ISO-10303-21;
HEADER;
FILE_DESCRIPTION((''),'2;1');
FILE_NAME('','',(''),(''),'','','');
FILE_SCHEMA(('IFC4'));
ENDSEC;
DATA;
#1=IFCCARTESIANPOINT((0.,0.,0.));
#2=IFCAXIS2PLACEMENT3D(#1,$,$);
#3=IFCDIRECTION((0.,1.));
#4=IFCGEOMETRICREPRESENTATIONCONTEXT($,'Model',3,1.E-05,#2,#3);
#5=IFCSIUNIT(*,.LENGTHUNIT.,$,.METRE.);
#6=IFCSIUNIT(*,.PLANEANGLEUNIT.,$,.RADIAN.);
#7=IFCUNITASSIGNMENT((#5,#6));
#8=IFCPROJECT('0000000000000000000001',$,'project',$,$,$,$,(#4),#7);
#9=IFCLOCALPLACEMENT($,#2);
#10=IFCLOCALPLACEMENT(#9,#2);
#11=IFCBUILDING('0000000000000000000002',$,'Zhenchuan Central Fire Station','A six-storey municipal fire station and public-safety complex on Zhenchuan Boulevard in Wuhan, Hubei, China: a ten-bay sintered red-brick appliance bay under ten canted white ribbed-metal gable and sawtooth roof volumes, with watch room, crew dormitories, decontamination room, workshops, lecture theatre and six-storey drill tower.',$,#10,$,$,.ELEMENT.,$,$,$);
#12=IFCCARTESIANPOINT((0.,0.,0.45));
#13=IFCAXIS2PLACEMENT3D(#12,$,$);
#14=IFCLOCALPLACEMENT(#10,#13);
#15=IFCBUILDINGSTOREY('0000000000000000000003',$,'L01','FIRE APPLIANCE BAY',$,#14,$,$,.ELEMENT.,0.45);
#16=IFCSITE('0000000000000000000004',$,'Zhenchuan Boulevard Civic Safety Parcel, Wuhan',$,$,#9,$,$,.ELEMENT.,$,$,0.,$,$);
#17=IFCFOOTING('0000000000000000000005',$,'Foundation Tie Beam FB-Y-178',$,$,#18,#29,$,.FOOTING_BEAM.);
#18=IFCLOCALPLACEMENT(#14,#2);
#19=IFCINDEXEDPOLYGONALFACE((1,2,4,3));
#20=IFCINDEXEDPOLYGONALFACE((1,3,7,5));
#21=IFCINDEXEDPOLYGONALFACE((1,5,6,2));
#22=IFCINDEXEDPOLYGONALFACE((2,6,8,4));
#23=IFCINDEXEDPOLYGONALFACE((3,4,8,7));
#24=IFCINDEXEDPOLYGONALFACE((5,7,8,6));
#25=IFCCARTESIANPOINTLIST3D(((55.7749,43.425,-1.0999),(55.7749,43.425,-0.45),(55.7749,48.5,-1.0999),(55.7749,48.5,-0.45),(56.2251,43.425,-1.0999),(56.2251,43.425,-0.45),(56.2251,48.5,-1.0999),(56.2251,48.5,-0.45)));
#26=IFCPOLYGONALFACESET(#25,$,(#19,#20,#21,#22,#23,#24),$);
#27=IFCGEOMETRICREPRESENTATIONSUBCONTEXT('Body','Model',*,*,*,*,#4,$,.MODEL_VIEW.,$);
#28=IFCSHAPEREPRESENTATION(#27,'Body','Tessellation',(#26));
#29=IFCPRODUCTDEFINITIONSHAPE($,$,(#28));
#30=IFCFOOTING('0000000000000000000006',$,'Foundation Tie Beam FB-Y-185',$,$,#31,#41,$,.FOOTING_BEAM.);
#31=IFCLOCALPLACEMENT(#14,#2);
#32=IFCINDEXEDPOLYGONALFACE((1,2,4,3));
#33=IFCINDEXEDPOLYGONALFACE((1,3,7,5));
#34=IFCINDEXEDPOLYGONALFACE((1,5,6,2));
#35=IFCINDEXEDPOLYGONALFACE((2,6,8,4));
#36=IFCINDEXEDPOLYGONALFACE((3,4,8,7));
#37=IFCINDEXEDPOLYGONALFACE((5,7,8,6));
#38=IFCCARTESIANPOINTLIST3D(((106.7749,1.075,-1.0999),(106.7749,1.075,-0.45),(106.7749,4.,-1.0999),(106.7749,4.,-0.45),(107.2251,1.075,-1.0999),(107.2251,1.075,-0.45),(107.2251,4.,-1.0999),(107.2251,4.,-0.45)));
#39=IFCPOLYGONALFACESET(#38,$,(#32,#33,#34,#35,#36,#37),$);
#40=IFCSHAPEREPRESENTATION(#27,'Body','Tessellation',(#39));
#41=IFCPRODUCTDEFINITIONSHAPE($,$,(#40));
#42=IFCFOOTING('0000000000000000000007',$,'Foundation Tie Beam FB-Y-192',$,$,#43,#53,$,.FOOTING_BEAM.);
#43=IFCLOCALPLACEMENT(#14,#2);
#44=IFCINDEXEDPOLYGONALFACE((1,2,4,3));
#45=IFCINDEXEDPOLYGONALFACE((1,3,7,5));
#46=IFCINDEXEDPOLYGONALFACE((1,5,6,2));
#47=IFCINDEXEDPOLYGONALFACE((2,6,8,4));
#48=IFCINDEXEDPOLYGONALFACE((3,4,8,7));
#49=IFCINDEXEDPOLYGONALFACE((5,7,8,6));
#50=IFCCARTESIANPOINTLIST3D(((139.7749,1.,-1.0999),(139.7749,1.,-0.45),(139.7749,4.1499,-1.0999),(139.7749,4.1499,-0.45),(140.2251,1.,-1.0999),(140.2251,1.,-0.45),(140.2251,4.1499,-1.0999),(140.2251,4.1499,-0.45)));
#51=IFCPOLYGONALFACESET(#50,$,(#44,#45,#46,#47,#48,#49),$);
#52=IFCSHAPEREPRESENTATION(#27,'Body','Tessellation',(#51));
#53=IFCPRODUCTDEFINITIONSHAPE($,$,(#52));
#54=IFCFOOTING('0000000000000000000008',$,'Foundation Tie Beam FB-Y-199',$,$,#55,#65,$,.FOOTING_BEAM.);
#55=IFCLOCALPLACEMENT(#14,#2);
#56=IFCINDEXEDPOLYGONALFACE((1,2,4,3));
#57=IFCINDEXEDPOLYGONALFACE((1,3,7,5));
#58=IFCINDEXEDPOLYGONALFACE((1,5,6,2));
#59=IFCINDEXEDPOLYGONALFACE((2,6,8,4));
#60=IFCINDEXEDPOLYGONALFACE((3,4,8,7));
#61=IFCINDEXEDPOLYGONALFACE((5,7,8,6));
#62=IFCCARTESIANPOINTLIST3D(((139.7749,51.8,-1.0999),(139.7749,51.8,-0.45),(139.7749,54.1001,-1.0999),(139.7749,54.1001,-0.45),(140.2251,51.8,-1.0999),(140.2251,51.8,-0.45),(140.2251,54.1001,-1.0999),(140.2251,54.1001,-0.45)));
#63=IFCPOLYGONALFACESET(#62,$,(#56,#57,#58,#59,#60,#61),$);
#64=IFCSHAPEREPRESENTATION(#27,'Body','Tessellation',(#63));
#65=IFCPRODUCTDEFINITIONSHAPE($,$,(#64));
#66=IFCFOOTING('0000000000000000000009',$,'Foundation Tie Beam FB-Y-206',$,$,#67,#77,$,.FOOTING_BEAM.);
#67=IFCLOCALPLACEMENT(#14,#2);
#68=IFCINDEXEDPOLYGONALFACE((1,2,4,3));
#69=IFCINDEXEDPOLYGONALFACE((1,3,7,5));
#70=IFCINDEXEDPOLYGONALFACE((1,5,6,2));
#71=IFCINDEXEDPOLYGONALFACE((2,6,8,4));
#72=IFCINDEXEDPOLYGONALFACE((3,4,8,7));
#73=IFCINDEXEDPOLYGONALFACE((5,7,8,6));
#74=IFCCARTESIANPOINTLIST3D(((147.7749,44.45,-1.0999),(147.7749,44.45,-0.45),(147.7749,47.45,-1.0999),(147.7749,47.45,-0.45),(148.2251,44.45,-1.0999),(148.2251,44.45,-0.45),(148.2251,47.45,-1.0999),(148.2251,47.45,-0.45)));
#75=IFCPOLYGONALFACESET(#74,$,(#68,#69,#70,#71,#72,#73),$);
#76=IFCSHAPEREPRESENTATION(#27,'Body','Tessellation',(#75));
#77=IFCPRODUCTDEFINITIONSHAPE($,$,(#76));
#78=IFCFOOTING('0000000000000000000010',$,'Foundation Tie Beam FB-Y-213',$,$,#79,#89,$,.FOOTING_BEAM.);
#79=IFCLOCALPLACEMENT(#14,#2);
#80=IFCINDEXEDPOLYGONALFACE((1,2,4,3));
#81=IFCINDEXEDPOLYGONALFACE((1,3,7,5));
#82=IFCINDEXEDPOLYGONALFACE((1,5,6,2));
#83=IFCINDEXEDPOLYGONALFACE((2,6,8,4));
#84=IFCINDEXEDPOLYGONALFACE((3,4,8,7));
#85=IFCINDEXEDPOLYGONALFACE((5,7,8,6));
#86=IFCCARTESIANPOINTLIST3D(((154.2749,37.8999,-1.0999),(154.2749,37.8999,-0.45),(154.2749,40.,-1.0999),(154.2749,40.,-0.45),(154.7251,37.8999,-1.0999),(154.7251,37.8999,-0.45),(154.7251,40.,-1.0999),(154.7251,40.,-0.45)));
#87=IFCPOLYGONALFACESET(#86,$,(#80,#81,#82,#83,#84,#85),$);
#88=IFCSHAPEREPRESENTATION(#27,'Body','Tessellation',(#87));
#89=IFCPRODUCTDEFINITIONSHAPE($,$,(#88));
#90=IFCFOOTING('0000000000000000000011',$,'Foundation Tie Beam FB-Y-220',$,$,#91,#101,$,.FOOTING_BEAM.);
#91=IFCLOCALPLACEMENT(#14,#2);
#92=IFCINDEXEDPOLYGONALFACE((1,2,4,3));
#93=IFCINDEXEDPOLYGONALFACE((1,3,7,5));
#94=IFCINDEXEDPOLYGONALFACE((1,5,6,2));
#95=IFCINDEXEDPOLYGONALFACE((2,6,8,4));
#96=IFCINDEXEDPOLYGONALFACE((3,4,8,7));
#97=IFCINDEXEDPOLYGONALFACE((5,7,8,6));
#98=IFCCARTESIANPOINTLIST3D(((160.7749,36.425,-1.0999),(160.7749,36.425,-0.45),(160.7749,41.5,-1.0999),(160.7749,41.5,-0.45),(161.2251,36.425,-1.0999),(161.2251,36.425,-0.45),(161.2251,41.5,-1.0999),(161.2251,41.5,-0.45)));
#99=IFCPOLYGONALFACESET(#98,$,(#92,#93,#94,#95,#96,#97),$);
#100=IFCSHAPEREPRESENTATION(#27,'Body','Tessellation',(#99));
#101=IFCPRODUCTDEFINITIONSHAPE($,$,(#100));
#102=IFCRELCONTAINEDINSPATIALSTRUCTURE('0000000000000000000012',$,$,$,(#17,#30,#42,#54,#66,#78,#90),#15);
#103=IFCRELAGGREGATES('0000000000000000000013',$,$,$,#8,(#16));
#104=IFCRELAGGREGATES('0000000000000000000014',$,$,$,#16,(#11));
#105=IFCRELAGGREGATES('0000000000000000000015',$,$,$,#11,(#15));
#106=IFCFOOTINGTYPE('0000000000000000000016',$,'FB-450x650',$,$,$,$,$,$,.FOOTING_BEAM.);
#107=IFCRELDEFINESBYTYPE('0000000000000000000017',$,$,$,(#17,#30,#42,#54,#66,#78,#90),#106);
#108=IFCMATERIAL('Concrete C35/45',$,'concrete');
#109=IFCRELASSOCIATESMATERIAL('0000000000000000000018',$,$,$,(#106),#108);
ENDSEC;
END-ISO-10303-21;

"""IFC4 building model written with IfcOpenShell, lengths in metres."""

from ifc_helpers import new_model, si_unit, direction, frame, origin, place, context, subcontext, project, spatial, polyline, outline, extrude, material, type_object, element, save


model = new_model("IFC4")

# Units and contexts
model_context = context("Model", 3, precision=1e-05, world=origin(), true_north=direction((0.0, 1.0)))
body_context = subcontext(model_context, "Body", "Model", "MODEL_VIEW")
ifc_project = project(units=[si_unit("LENGTHUNIT", "METRE"), si_unit("PLANEANGLEUNIT", "RADIAN")], contexts=[model_context])

# Site, building, storey
site_placement = place(None, origin())
site = spatial("IfcSite", under=ifc_project, at=site_placement, Name="Zhenchuan Boulevard Civic Safety Parcel, Wuhan", CompositionType="ELEMENT", RefElevation=0.0)
building_placement = place(site_placement, origin())
building = spatial("IfcBuilding", under=site, at=building_placement, Name="Zhenchuan Central Fire Station", Description="A six-storey municipal fire station and public-safety complex on Zhenchuan Boulevard in Wuhan, Hubei, China: a ten-bay sintered red-brick appliance bay under ten canted white ribbed-metal gable and sawtooth roof volumes, with watch room, crew dormitories, decontamination room, workshops, lecture theatre and six-storey drill tower.", CompositionType="ELEMENT")
storey_placement = place(building_placement, frame((0.0, 0.0, 0.45)))
storey = spatial("IfcBuildingStorey", under=building, at=storey_placement, Name="L01", Description="FIRE APPLIANCE BAY", CompositionType="ELEMENT", Elevation=0.45)

# Footings
ifc_material = material(Name="Concrete C35/45", Category="concrete")
footing_type_1 = type_object("IfcFootingType", Name="FB-450x650", PredefinedType="FOOTING_BEAM", material=ifc_material)
footing_1_placement = place(storey_placement, frame((0.0, 0.0, -1.0999)))
element("IfcFooting", 1, at=footing_1_placement, inside=storey, type_object=footing_type_1, Name="Foundation Tie Beam FB-Y-178", PredefinedType="FOOTING_BEAM", context=body_context, shape_type="SweptSolid", body=[
    extrude(outline(polyline([(55.7749, 43.425), (56.2251, 43.425), (56.2251, 48.5), (55.7749, 48.5), (55.7749, 43.425)])), origin(), (0.0, 0.0, 1.0), 0.6499),
])
footing_2_placement = place(storey_placement, frame((0.0, 0.0, -1.0999)))
element("IfcFooting", 2, at=footing_2_placement, inside=storey, type_object=footing_type_1, Name="Foundation Tie Beam FB-Y-185", PredefinedType="FOOTING_BEAM", context=body_context, shape_type="SweptSolid", body=[
    extrude(outline(polyline([(106.7749, 1.075), (107.2251, 1.075), (107.2251, 4.0), (106.7749, 4.0), (106.7749, 1.075)])), origin(), (0.0, 0.0, 1.0), 0.6499),
])
footing_3_placement = place(storey_placement, frame((0.0, 0.0, -1.0999)))
element("IfcFooting", 3, at=footing_3_placement, inside=storey, type_object=footing_type_1, Name="Foundation Tie Beam FB-Y-192", PredefinedType="FOOTING_BEAM", context=body_context, shape_type="SweptSolid", body=[
    extrude(outline(polyline([(139.7749, 1.0), (140.2251, 1.0), (140.2251, 4.1499), (139.7749, 4.1499), (139.7749, 1.0)])), origin(), (0.0, 0.0, 1.0), 0.6499),
])
footing_4_placement = place(storey_placement, frame((0.0, 0.0, -1.0999)))
element("IfcFooting", 4, at=footing_4_placement, inside=storey, type_object=footing_type_1, Name="Foundation Tie Beam FB-Y-199", PredefinedType="FOOTING_BEAM", context=body_context, shape_type="SweptSolid", body=[
    extrude(outline(polyline([(139.7749, 51.8), (140.2251, 51.8), (140.2251, 54.1001), (139.7749, 54.1001), (139.7749, 51.8)])), origin(), (0.0, 0.0, 1.0), 0.6499),
])
footing_5_placement = place(storey_placement, frame((0.0, 0.0, -1.0999)))
element("IfcFooting", 5, at=footing_5_placement, inside=storey, type_object=footing_type_1, Name="Foundation Tie Beam FB-Y-206", PredefinedType="FOOTING_BEAM", context=body_context, shape_type="SweptSolid", body=[
    extrude(outline(polyline([(147.7749, 44.45), (148.2251, 44.45), (148.2251, 47.45), (147.7749, 47.45), (147.7749, 44.45)])), origin(), (0.0, 0.0, 1.0), 0.6499),
])
footing_6_placement = place(storey_placement, frame((0.0, 0.0, -1.0999)))
element("IfcFooting", 6, at=footing_6_placement, inside=storey, type_object=footing_type_1, Name="Foundation Tie Beam FB-Y-213", PredefinedType="FOOTING_BEAM", context=body_context, shape_type="SweptSolid", body=[
    extrude(outline(polyline([(154.2749, 37.8999), (154.7251, 37.8999), (154.7251, 40.0), (154.2749, 40.0), (154.2749, 37.8999)])), origin(), (0.0, 0.0, 1.0), 0.6499),
])
footing_7_placement = place(storey_placement, frame((0.0, 0.0, -1.0999)))
element("IfcFooting", 7, at=footing_7_placement, inside=storey, type_object=footing_type_1, Name="Foundation Tie Beam FB-Y-220", PredefinedType="FOOTING_BEAM", context=body_context, shape_type="SweptSolid", body=[
    extrude(outline(polyline([(160.7749, 36.425), (161.2251, 36.425), (161.2251, 41.5), (160.7749, 41.5), (160.7749, 36.425)])), origin(), (0.0, 0.0, 1.0), 0.6499),
])

save(model, "model.ifc")
